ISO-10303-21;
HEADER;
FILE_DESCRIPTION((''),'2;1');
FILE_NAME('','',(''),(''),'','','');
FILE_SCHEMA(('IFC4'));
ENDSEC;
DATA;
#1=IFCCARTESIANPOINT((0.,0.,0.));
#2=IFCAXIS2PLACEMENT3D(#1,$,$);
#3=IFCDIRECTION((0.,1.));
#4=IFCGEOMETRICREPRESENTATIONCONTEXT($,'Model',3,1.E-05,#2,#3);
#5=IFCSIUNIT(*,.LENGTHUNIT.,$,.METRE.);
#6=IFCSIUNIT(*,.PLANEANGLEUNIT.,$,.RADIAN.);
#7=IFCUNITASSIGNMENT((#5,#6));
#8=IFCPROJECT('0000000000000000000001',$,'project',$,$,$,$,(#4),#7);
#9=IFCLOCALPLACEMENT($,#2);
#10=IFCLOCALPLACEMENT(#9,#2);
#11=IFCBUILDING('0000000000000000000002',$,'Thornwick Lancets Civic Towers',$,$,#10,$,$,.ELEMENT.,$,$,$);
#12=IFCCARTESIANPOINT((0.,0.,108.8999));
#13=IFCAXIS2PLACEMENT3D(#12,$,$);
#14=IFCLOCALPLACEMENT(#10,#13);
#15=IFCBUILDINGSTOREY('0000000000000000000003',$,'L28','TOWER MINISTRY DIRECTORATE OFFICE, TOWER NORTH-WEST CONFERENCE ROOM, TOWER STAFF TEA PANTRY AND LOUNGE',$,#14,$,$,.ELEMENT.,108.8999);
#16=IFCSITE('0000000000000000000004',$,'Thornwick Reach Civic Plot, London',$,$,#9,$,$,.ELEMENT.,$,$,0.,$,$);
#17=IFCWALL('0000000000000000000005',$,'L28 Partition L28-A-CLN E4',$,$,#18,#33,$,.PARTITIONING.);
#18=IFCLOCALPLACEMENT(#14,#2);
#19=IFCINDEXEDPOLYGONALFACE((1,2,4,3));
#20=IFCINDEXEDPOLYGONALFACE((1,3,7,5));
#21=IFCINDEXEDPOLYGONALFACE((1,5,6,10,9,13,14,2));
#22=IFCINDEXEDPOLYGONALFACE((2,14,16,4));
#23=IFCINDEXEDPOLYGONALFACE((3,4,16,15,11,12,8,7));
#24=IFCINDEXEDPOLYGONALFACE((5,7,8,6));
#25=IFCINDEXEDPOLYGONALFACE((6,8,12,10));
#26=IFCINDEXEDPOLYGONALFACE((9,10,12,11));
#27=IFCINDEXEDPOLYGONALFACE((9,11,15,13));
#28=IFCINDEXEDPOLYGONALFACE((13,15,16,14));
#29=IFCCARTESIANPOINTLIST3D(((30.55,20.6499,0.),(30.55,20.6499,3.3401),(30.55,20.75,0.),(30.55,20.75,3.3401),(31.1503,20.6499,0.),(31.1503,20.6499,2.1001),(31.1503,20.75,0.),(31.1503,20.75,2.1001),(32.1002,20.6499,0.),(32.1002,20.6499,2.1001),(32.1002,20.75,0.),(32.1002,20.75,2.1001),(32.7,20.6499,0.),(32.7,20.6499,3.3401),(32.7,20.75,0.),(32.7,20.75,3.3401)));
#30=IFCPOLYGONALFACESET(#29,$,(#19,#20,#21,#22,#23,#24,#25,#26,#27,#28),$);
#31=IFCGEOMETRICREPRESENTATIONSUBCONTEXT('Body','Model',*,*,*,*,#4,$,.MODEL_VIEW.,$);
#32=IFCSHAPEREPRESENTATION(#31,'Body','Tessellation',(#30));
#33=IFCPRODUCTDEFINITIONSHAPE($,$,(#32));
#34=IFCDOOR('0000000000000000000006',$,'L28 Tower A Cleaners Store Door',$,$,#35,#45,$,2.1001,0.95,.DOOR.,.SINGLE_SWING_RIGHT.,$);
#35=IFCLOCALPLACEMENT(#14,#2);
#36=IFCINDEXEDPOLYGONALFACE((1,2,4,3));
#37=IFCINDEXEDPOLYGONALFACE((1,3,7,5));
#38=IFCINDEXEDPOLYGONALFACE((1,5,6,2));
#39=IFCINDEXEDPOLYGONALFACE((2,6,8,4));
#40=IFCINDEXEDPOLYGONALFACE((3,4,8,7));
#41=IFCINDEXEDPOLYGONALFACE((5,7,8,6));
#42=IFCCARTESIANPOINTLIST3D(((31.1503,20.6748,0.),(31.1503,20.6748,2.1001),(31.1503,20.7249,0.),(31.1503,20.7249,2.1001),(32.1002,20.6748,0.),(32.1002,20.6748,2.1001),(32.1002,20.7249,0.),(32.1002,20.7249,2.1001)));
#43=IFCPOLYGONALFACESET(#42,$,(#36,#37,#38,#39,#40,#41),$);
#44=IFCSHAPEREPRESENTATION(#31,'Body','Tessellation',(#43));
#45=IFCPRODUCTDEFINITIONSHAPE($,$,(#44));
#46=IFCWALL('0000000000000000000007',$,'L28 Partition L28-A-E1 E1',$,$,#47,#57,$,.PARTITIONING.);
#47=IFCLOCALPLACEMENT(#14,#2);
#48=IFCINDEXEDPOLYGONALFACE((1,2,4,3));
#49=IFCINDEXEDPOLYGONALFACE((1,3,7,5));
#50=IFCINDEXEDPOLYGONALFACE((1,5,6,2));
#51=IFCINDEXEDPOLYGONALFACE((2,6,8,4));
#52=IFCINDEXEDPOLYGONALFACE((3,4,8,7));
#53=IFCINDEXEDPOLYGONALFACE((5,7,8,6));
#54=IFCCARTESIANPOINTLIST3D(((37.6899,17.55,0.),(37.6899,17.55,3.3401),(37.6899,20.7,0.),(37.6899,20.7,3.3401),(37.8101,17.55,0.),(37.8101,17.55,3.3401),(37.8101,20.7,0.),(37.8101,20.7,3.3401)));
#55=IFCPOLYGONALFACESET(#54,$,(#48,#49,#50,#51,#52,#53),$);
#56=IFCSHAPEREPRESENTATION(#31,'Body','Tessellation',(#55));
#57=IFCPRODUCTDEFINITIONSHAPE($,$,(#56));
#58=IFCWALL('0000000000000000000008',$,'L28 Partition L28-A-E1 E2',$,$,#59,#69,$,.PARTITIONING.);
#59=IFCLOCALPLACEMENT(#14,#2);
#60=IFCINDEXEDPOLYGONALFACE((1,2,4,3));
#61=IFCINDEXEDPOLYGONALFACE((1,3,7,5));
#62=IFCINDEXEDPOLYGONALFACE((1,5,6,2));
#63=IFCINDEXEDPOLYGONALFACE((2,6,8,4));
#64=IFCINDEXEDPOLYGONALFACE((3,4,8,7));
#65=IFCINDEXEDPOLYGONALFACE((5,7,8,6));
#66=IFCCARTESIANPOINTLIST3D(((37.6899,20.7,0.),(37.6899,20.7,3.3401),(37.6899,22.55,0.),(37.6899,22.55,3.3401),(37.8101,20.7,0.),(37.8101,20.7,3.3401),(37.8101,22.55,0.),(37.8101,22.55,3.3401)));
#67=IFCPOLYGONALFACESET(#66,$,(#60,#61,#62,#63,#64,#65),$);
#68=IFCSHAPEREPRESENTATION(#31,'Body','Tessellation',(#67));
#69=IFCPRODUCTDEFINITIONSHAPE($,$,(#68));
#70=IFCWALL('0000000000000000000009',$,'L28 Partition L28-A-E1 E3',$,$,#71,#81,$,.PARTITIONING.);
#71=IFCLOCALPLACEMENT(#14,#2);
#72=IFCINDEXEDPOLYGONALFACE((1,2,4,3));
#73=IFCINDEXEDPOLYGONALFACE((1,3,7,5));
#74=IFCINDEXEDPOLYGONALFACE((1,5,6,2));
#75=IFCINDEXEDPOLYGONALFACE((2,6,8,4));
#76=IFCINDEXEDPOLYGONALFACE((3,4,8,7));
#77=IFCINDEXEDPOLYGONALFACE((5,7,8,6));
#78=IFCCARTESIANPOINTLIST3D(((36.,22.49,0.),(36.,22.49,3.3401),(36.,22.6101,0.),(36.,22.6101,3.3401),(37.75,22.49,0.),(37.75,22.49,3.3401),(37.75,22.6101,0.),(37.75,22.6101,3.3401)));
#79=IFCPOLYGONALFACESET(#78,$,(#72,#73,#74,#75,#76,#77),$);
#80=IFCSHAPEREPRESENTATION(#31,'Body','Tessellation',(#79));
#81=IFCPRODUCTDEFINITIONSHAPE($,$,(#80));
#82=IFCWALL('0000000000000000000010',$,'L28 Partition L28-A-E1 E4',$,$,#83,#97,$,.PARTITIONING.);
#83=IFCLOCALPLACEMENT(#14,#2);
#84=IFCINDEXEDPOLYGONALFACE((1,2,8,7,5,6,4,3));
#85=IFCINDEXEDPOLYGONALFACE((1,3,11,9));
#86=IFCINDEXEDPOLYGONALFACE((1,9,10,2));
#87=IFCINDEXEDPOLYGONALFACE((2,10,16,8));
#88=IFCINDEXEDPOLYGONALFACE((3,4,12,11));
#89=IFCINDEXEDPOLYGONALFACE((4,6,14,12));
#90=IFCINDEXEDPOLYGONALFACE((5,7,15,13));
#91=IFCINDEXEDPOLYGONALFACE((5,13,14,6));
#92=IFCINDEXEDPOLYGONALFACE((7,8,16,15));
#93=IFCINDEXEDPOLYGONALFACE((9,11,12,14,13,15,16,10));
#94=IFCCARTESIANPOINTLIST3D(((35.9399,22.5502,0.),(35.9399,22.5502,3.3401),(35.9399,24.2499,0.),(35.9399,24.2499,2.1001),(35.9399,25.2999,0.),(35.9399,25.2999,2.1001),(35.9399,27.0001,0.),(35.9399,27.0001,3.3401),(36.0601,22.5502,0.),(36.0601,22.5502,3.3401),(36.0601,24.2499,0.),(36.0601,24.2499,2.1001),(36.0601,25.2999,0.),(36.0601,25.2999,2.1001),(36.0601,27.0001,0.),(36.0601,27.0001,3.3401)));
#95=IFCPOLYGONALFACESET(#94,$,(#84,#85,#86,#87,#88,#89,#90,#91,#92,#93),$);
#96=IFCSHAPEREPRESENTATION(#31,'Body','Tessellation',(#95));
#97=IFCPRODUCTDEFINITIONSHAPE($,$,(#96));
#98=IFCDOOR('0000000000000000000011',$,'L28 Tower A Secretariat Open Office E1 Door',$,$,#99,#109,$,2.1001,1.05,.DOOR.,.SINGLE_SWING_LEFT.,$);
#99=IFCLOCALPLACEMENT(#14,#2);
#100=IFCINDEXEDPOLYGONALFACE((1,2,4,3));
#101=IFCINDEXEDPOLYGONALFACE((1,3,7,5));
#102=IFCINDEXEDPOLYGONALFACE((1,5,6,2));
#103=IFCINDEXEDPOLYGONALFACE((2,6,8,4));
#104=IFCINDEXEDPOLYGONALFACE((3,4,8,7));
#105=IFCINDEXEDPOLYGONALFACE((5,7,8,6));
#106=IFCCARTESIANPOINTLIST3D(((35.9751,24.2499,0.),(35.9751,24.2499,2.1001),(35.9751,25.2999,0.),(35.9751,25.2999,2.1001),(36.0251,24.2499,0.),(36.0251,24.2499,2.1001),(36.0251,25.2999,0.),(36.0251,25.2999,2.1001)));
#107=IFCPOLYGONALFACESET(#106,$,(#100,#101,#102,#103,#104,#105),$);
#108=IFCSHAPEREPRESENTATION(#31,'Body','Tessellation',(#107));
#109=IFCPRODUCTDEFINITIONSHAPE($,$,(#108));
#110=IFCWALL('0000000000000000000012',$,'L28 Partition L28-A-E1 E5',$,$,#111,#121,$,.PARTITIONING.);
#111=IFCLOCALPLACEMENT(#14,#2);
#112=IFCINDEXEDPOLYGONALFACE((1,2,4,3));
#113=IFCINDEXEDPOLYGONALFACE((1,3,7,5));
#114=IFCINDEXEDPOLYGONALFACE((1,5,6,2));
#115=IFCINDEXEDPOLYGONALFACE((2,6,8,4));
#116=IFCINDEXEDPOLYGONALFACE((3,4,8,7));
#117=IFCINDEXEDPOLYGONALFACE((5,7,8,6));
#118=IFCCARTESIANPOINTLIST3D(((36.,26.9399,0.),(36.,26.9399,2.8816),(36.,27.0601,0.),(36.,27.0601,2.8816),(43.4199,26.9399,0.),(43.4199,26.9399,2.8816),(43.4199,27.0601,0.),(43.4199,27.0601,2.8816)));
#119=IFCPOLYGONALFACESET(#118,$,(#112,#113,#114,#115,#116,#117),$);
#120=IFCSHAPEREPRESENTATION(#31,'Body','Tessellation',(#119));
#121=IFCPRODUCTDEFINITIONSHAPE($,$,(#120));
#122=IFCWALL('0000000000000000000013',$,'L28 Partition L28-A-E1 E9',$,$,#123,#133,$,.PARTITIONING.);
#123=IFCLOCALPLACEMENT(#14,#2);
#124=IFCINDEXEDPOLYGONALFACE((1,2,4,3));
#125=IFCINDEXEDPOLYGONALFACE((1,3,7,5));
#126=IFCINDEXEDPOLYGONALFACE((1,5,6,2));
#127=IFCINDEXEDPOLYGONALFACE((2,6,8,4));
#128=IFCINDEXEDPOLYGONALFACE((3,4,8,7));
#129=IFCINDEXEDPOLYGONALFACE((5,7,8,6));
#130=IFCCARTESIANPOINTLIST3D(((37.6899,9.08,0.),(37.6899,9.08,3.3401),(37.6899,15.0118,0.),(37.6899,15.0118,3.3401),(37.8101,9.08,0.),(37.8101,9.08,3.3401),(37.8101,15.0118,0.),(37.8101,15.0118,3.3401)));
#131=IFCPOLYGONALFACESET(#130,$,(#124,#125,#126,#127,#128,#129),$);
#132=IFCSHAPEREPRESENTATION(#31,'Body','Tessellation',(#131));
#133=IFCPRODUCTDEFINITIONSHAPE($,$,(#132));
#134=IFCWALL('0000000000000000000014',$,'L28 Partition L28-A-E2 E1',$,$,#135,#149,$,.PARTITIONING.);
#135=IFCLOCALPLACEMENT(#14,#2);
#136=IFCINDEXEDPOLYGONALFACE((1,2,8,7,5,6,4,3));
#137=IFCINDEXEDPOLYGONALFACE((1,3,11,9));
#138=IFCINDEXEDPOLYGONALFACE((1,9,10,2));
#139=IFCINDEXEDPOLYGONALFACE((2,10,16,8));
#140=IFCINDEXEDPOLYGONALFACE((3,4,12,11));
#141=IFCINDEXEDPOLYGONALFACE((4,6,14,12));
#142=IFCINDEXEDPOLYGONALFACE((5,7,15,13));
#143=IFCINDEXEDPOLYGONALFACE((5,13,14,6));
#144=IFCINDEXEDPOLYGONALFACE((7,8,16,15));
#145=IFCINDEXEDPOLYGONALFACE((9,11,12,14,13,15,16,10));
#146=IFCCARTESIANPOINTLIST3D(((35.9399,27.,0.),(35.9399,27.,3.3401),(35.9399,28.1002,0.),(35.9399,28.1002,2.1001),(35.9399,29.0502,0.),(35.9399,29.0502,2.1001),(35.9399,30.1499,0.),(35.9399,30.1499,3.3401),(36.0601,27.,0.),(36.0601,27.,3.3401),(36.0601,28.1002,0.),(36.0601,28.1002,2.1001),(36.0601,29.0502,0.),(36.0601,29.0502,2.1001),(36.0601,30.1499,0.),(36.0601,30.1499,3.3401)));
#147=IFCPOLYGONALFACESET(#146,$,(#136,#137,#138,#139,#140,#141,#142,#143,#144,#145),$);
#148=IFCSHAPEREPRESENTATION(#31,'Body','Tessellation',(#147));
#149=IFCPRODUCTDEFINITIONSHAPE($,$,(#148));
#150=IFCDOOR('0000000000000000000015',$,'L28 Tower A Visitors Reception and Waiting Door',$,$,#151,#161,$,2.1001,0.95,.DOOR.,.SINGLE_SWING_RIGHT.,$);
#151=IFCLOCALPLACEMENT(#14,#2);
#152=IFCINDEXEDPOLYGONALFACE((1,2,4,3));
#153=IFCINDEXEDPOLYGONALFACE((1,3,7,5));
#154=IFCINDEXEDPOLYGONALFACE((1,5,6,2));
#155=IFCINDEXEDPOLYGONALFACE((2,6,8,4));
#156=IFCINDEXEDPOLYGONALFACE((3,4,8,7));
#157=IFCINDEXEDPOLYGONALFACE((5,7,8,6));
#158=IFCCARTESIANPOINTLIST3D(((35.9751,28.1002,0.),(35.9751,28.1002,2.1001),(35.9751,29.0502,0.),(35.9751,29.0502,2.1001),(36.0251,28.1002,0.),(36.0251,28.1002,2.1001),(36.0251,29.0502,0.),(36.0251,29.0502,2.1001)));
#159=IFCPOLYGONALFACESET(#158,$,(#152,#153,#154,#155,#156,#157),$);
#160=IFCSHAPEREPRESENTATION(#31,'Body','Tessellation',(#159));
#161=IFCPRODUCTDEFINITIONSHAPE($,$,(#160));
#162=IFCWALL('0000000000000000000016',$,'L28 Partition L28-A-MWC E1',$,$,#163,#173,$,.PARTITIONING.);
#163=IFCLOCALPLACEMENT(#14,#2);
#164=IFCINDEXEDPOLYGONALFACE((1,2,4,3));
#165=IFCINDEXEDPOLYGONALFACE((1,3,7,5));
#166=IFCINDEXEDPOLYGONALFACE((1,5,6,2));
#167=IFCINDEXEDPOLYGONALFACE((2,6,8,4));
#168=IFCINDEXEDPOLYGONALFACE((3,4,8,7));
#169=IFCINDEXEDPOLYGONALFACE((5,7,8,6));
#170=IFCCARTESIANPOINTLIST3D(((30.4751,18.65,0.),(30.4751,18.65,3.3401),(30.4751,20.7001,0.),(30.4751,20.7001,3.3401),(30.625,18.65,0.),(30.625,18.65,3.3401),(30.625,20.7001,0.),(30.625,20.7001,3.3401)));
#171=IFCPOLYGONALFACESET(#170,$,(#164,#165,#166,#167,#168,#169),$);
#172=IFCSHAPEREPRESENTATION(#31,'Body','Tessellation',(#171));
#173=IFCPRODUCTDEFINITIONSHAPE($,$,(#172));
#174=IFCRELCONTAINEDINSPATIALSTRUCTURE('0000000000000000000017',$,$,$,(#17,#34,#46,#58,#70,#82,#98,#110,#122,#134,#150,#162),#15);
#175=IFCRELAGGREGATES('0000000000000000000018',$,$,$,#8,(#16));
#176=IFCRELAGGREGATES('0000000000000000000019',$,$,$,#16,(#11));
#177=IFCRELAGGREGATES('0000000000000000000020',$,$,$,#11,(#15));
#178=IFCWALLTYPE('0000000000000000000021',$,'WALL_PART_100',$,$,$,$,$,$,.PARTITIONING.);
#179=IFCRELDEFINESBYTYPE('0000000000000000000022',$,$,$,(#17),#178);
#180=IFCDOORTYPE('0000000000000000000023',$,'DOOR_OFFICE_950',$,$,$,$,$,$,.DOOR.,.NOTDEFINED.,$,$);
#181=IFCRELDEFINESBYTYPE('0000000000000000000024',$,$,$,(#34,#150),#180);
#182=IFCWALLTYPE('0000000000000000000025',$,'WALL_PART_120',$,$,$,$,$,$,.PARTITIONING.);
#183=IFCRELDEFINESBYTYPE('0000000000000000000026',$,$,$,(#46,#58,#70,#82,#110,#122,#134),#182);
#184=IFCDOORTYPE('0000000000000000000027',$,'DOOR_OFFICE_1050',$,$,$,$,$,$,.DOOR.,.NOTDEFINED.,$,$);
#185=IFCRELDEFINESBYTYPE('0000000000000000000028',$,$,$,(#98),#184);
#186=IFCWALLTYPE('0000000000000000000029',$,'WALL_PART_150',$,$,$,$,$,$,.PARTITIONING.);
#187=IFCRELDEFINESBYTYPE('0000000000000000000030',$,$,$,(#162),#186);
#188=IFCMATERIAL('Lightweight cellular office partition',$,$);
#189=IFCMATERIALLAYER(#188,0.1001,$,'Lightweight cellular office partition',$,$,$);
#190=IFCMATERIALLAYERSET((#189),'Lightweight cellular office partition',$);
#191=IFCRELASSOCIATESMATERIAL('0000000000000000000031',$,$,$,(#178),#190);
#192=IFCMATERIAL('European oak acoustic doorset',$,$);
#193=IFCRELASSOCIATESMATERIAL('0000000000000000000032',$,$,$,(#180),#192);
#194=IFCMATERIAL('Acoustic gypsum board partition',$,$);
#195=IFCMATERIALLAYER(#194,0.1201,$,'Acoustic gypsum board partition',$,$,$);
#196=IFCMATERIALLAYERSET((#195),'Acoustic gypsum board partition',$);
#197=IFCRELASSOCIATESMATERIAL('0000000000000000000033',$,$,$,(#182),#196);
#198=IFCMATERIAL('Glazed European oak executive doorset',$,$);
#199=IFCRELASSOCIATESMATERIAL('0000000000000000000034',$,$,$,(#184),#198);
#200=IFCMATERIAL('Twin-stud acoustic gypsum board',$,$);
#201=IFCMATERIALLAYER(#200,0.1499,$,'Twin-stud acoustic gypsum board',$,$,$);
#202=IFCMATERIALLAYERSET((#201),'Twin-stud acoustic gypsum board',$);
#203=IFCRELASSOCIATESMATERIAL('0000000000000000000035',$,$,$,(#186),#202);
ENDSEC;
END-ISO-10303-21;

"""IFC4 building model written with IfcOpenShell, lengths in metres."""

from ifc_helpers import new_model, si_unit, direction, frame, frame_2d, origin, place, context, subcontext, project, spatial, rectangle, extrude, material, layer, layer_set, type_object, element, fill, save


model = new_model("IFC4")

# Units and contexts
model_context = context("Model", 3, precision=1e-05, world=origin(), true_north=direction((0.0, 1.0)))
body_context = subcontext(model_context, "Body", "Model", "MODEL_VIEW")
ifc_project = project(units=[si_unit("LENGTHUNIT", "METRE"), si_unit("PLANEANGLEUNIT", "RADIAN")], contexts=[model_context])

# Site, building, storey
site_placement = place(None, origin())
site = spatial("IfcSite", under=ifc_project, at=site_placement, Name="Thornwick Reach Civic Plot, London", CompositionType="ELEMENT", RefElevation=0.0)
building_placement = place(site_placement, origin())
building = spatial("IfcBuilding", under=site, at=building_placement, Name="Thornwick Lancets Civic Towers", CompositionType="ELEMENT")
storey_placement = place(building_placement, frame((0.0, 0.0, 108.8999)))
storey = spatial("IfcBuildingStorey", under=building, at=storey_placement, Name="L28", Description="TOWER MINISTRY DIRECTORATE OFFICE, TOWER NORTH-WEST CONFERENCE ROOM, TOWER STAFF TEA PANTRY AND LOUNGE", CompositionType="ELEMENT", Elevation=108.8999)

# Shared definitions
ifc_material_1 = material(Name="Lightweight cellular office partition")
ifc_layer_1 = layer(ifc_material_1, 0.1001, Name="Lightweight cellular office partition")
ifc_layer_set_1 = layer_set([ifc_layer_1], Name="Lightweight cellular office partition")
wall_type_1 = type_object("IfcWallType", Name="WALL_PART_100", PredefinedType="PARTITIONING", material=ifc_layer_set_1)

# Wall, opening, door
wall_1_placement = place(storey_placement, frame((30.55, 20.7, 0.0), z_axis=(0.0, 0.0, 1.0), x_axis=(1.0, 0.0, 0.0)))
wall_1 = element("IfcWall", 1, at=wall_1_placement, inside=storey, type_object=wall_type_1, Name="L28 Partition L28-A-CLN E4", PredefinedType="PARTITIONING", context=body_context, shape_type="SweptSolid", body=[
    extrude(rectangle(XDim=2.1499, YDim=0.1001, at=frame_2d((1.075, 0.0))), origin(), (0.0, 0.0, 1.0), 3.3401),
])
opening_1_placement = place(wall_1_placement, frame((0.6001, 0.0, 0.0)))
opening_1 = element("IfcOpeningElement", 2, at=opening_1_placement, cuts=wall_1, PredefinedType="OPENING", context=body_context, shape_type="SweptSolid", body=[
    extrude(rectangle(XDim=0.95, YDim=2.1001, at=frame_2d((0.4751, 1.05))), frame((0.0, 0.0601, 0.0), z_axis=(0.0, -1.0, 0.0), x_axis=(1.0, 0.0, 0.0)), (0.0, 0.0, 1.0), 0.1201),
])
ifc_material_2 = material(Name="European oak acoustic doorset")
door_type_1 = type_object("IfcDoorType", Name="DOOR_OFFICE_950", OperationType="NOTDEFINED", PredefinedType="DOOR", material=ifc_material_2)
door_1_placement = place(opening_1_placement, origin())
door_1 = element("IfcDoor", 3, at=door_1_placement, inside=storey, type_object=door_type_1, Name="L28 Tower A Cleaners Store Door", OperationType="SINGLE_SWING_RIGHT", OverallHeight=2.1001, OverallWidth=0.95, PredefinedType="DOOR", context=body_context, shape_type="SweptSolid", body=[
    extrude(rectangle(XDim=0.95, YDim=2.1001, at=frame_2d((0.4751, 1.05))), frame((0.0, 0.0249, 0.0), z_axis=(0.0, -1.0, 0.0), x_axis=(1.0, 0.0, 0.0)), (0.0, 0.0, 1.0), 0.05),
])
fill(opening_1, door_1)

# Walls
ifc_material_3 = material(Name="Acoustic gypsum board partition")
ifc_layer_2 = layer(ifc_material_3, 0.1201, Name="Acoustic gypsum board partition")
ifc_layer_set_2 = layer_set([ifc_layer_2], Name="Acoustic gypsum board partition")
wall_type_2 = type_object("IfcWallType", Name="WALL_PART_120", PredefinedType="PARTITIONING", material=ifc_layer_set_2)
wall_2_placement = place(storey_placement, frame((37.75, 17.55, 0.0), z_axis=(0.0, 0.0, 1.0), x_axis=(0.0, 1.0, 0.0)))
element("IfcWall", 4, at=wall_2_placement, inside=storey, type_object=wall_type_2, Name="L28 Partition L28-A-E1 E1", PredefinedType="PARTITIONING", context=body_context, shape_type="SweptSolid", body=[
    extrude(rectangle(XDim=3.1499, YDim=0.1201, at=frame_2d((1.575, 0.0))), origin(), (0.0, 0.0, 1.0), 3.3401),
])
wall_3_placement = place(storey_placement, frame((37.75, 20.7, 0.0), z_axis=(0.0, 0.0, 1.0), x_axis=(0.0, 1.0, 0.0)))
element("IfcWall", 5, at=wall_3_placement, inside=storey, type_object=wall_type_2, Name="L28 Partition L28-A-E1 E2", PredefinedType="PARTITIONING", context=body_context, shape_type="SweptSolid", body=[
    extrude(rectangle(XDim=1.8501, YDim=0.1201, at=frame_2d((0.925, 0.0))), origin(), (0.0, 0.0, 1.0), 3.3401),
])
wall_4_placement = place(storey_placement, frame((37.75, 22.55, 0.0), z_axis=(0.0, 0.0, 1.0), x_axis=(-1.0, 0.0, 0.0)))
element("IfcWall", 6, at=wall_4_placement, inside=storey, type_object=wall_type_2, Name="L28 Partition L28-A-E1 E3", PredefinedType="PARTITIONING", context=body_context, shape_type="SweptSolid", body=[
    extrude(rectangle(XDim=1.75, YDim=0.1201, at=frame_2d((0.875, 0.0))), origin(), (0.0, 0.0, 1.0), 3.3401),
])

# Wall, opening, door
wall_5_placement = place(storey_placement, frame((36.0, 22.55, 0.0), z_axis=(0.0, 0.0, 1.0), x_axis=(0.0, 1.0, 0.0)))
wall_5 = element("IfcWall", 7, at=wall_5_placement, inside=storey, type_object=wall_type_2, Name="L28 Partition L28-A-E1 E4", PredefinedType="PARTITIONING", context=body_context, shape_type="SweptSolid", body=[
    extrude(rectangle(XDim=4.45, YDim=0.1201, at=frame_2d((2.2251, 0.0))), origin(), (0.0, 0.0, 1.0), 3.3401),
])
opening_2_placement = place(wall_5_placement, frame((1.7, 0.0, 0.0)))
opening_2 = element("IfcOpeningElement", 8, at=opening_2_placement, cuts=wall_5, PredefinedType="OPENING", context=body_context, shape_type="SweptSolid", body=[
    extrude(rectangle(XDim=1.05, YDim=2.1001, at=frame_2d((0.5249, 1.05))), frame((0.0, 0.0701, 0.0), z_axis=(0.0, -1.0, 0.0), x_axis=(1.0, 0.0, 0.0)), (0.0, 0.0, 1.0), 0.1401),
])
ifc_material_4 = material(Name="Glazed European oak executive doorset")
door_type_2 = type_object("IfcDoorType", Name="DOOR_OFFICE_1050", OperationType="NOTDEFINED", PredefinedType="DOOR", material=ifc_material_4)
door_2_placement = place(opening_2_placement, origin())
door_2 = element("IfcDoor", 9, at=door_2_placement, inside=storey, type_object=door_type_2, Name="L28 Tower A Secretariat Open Office E1 Door", OperationType="SINGLE_SWING_LEFT", OverallHeight=2.1001, OverallWidth=1.05, PredefinedType="DOOR", context=body_context, shape_type="SweptSolid", body=[
    extrude(rectangle(XDim=1.05, YDim=2.1001, at=frame_2d((0.5249, 1.05))), frame((0.0, 0.0249, 0.0), z_axis=(0.0, -1.0, 0.0), x_axis=(1.0, 0.0, 0.0)), (0.0, 0.0, 1.0), 0.05),
])
fill(opening_2, door_2)

# Walls
wall_6_placement = place(storey_placement, frame((36.0, 27.0, 0.0), z_axis=(0.0, 0.0, 1.0), x_axis=(1.0, 0.0, 0.0)))
element("IfcWall", 10, at=wall_6_placement, inside=storey, type_object=wall_type_2, Name="L28 Partition L28-A-E1 E5", PredefinedType="PARTITIONING", context=body_context, shape_type="SweptSolid", body=[
    extrude(rectangle(XDim=7.4199, YDim=0.1201, at=frame_2d((3.71, 0.0))), origin(), (0.0, 0.0, 1.0), 2.8816),
])
wall_7_placement = place(storey_placement, frame((37.75, 9.0801, 0.0), z_axis=(0.0, 0.0, 1.0), x_axis=(0.0, 1.0, 0.0)))
element("IfcWall", 11, at=wall_7_placement, inside=storey, type_object=wall_type_2, Name="L28 Partition L28-A-E1 E9", PredefinedType="PARTITIONING", context=body_context, shape_type="SweptSolid", body=[
    extrude(rectangle(XDim=5.9319, YDim=0.1201, at=frame_2d((2.9658, 0.0))), origin(), (0.0, 0.0, 1.0), 3.3401),
])

# Wall, opening, door
wall_8_placement = place(storey_placement, frame((36.0, 27.0, 0.0), z_axis=(0.0, 0.0, 1.0), x_axis=(0.0, 1.0, 0.0)))
wall_8 = element("IfcWall", 12, at=wall_8_placement, inside=storey, type_object=wall_type_2, Name="L28 Partition L28-A-E2 E1", PredefinedType="PARTITIONING", context=body_context, shape_type="SweptSolid", body=[
    extrude(rectangle(XDim=3.1499, YDim=0.1201, at=frame_2d((1.575, 0.0))), origin(), (0.0, 0.0, 1.0), 3.3401),
])
opening_3_placement = place(wall_8_placement, frame((1.1001, 0.0, 0.0)))
opening_3 = element("IfcOpeningElement", 13, at=opening_3_placement, cuts=wall_8, PredefinedType="OPENING", context=body_context, shape_type="SweptSolid", body=[
    extrude(rectangle(XDim=0.95, YDim=2.1001, at=frame_2d((0.4751, 1.05))), frame((0.0, 0.0701, 0.0), z_axis=(0.0, -1.0, 0.0), x_axis=(1.0, 0.0, 0.0)), (0.0, 0.0, 1.0), 0.1401),
])
door_3_placement = place(opening_3_placement, origin())
door_3 = element("IfcDoor", 14, at=door_3_placement, inside=storey, type_object=door_type_1, Name="L28 Tower A Visitors Reception and Waiting Door", OperationType="SINGLE_SWING_RIGHT", OverallHeight=2.1001, OverallWidth=0.95, PredefinedType="DOOR", context=body_context, shape_type="SweptSolid", body=[
    extrude(rectangle(XDim=0.95, YDim=2.1001, at=frame_2d((0.4751, 1.05))), frame((0.0, 0.0249, 0.0), z_axis=(0.0, -1.0, 0.0), x_axis=(1.0, 0.0, 0.0)), (0.0, 0.0, 1.0), 0.05),
])
fill(opening_3, door_3)

# Wall
ifc_material_5 = material(Name="Twin-stud acoustic gypsum board")
ifc_layer_3 = layer(ifc_material_5, 0.1499, Name="Twin-stud acoustic gypsum board")
ifc_layer_set_3 = layer_set([ifc_layer_3], Name="Twin-stud acoustic gypsum board")
wall_type_3 = type_object("IfcWallType", Name="WALL_PART_150", PredefinedType="PARTITIONING", material=ifc_layer_set_3)
wall_9_placement = place(storey_placement, frame((30.55, 20.7, 0.0), z_axis=(0.0, 0.0, 1.0), x_axis=(0.0, -1.0, 0.0)))
element("IfcWall", 15, at=wall_9_placement, inside=storey, type_object=wall_type_3, Name="L28 Partition L28-A-MWC E1", PredefinedType="PARTITIONING", context=body_context, shape_type="SweptSolid", body=[
    extrude(rectangle(XDim=2.05, YDim=0.1499, at=frame_2d((1.0249, 0.0))), origin(), (0.0, 0.0, 1.0), 3.3401),
])

save(model, "model.ifc")
